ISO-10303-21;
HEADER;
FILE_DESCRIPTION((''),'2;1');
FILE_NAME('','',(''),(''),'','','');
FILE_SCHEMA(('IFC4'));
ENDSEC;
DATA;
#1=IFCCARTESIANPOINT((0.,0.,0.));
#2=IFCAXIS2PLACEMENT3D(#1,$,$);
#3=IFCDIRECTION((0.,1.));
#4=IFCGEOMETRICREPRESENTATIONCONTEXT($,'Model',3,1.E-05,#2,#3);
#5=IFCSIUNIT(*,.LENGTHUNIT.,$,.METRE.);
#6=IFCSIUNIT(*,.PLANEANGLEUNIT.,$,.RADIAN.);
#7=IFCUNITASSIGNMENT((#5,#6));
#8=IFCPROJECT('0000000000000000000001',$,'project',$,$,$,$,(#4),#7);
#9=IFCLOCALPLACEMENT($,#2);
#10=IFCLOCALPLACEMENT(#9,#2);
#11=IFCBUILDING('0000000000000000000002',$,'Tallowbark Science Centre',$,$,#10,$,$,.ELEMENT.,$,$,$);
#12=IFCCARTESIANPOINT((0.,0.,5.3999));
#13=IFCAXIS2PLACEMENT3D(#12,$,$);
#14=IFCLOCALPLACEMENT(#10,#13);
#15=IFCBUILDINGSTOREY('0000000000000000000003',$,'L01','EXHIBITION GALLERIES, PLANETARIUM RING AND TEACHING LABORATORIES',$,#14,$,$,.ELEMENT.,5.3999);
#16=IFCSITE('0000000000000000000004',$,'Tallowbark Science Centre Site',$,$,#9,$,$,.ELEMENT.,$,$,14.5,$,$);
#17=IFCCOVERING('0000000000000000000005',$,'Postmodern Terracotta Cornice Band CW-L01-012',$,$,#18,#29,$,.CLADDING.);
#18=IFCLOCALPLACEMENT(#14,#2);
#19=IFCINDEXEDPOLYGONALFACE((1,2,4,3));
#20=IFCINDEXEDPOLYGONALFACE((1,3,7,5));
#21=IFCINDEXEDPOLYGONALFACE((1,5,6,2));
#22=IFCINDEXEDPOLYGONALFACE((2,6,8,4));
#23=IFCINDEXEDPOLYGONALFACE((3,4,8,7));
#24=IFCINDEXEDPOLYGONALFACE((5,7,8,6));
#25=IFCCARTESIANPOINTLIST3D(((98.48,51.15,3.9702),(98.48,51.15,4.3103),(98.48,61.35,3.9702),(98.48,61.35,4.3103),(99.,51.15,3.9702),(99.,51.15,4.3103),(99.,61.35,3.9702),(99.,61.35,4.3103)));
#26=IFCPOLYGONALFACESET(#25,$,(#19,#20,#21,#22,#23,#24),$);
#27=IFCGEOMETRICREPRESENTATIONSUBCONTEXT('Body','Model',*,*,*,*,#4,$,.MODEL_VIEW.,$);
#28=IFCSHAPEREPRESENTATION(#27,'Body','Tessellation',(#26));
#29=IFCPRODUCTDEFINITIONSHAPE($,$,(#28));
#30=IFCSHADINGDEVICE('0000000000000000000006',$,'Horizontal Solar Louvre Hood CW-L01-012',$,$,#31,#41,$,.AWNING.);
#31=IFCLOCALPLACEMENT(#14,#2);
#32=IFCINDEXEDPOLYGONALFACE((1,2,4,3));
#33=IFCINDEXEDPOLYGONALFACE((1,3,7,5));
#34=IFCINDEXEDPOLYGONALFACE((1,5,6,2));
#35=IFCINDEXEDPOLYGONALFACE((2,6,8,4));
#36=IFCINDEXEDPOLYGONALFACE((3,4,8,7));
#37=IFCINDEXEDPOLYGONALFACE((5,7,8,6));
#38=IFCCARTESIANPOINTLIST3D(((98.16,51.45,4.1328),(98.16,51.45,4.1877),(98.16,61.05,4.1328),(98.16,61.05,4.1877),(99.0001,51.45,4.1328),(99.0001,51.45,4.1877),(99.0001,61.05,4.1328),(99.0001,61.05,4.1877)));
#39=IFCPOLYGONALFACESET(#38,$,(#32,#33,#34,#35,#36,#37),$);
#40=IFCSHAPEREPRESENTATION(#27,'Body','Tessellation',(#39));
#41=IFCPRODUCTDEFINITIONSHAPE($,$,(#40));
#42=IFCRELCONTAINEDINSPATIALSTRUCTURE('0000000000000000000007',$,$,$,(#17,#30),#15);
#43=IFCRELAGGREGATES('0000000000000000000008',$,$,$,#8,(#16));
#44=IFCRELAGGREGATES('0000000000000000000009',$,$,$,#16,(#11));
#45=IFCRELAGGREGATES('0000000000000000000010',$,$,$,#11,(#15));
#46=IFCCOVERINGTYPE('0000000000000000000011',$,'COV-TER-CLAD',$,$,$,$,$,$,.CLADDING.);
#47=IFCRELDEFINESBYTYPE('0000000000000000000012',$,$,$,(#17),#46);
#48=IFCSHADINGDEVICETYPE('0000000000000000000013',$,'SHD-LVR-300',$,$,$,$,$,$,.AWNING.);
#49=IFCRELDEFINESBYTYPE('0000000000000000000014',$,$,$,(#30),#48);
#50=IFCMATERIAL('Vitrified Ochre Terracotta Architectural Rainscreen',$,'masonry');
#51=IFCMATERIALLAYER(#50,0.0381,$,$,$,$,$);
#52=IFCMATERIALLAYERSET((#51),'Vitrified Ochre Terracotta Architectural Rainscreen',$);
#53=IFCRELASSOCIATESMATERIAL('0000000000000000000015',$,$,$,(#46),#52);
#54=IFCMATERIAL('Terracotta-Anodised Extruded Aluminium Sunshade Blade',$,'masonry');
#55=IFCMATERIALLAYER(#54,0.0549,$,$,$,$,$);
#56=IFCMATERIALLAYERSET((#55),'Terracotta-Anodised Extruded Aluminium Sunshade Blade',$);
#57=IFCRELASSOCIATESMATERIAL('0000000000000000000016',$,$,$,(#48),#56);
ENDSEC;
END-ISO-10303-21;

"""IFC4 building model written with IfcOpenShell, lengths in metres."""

from ifc_helpers import new_model, si_unit, direction, frame, origin, origin_2d, place, context, subcontext, project, spatial, rectangle, extrude, material, layer, layer_set, type_object, element, save


model = new_model("IFC4")

# Units and contexts
model_context = context("Model", 3, precision=1e-05, world=origin(), true_north=direction((0.0, 1.0)))
body_context = subcontext(model_context, "Body", "Model", "MODEL_VIEW")
ifc_project = project(units=[si_unit("LENGTHUNIT", "METRE"), si_unit("PLANEANGLEUNIT", "RADIAN")], contexts=[model_context])

# Site, building, storey
site_placement = place(None, origin())
site = spatial("IfcSite", under=ifc_project, at=site_placement, Name="Tallowbark Science Centre Site", CompositionType="ELEMENT", RefElevation=14.5)
building_placement = place(site_placement, origin())
building = spatial("IfcBuilding", under=site, at=building_placement, Name="Tallowbark Science Centre", CompositionType="ELEMENT")
storey_placement = place(building_placement, frame((0.0, 0.0, 5.3999)))
storey = spatial("IfcBuildingStorey", under=building, at=storey_placement, Name="L01", Description="EXHIBITION GALLERIES, PLANETARIUM RING AND TEACHING LABORATORIES", CompositionType="ELEMENT", Elevation=5.3999)

# Covering
ifc_material_1 = material(Name="Vitrified Ochre Terracotta Architectural Rainscreen", Category="masonry")
ifc_layer_1 = layer(ifc_material_1, 0.0381)
ifc_layer_set_1 = layer_set([ifc_layer_1], Name="Vitrified Ochre Terracotta Architectural Rainscreen")
covering_type = type_object("IfcCoveringType", Name="COV-TER-CLAD", PredefinedType="CLADDING", material=ifc_layer_set_1)
covering_placement = place(storey_placement, frame((98.74, 56.25, 3.9702), z_axis=(0.0, 0.0, 1.0), x_axis=(0.0, -1.0, 0.0)))
element("IfcCovering", 1, at=covering_placement, inside=storey, type_object=covering_type, Name="Postmodern Terracotta Cornice Band CW-L01-012", PredefinedType="CLADDING", context=body_context, shape_type="SweptSolid", body=[
    extrude(rectangle(XDim=10.2, YDim=0.52, at=origin_2d()), origin(), (0.0, 0.0, 1.0), 0.3401),
])

# Shading device
ifc_material_2 = material(Name="Terracotta-Anodised Extruded Aluminium Sunshade Blade", Category="masonry")
ifc_layer_2 = layer(ifc_material_2, 0.0549)
ifc_layer_set_2 = layer_set([ifc_layer_2], Name="Terracotta-Anodised Extruded Aluminium Sunshade Blade")
shading_device_type = type_object("IfcShadingDeviceType", Name="SHD-LVR-300", PredefinedType="AWNING", material=ifc_layer_set_2)
shading_device_placement = place(storey_placement, frame((98.5801, 56.25, 4.1328), z_axis=(0.0, 0.0, 1.0), x_axis=(0.0, -1.0, 0.0)))
element("IfcShadingDevice", 2, at=shading_device_placement, inside=storey, type_object=shading_device_type, Name="Horizontal Solar Louvre Hood CW-L01-012", PredefinedType="AWNING", context=body_context, shape_type="SweptSolid", body=[
    extrude(rectangle(XDim=9.6001, YDim=0.8401, at=origin_2d()), origin(), (0.0, 0.0, 1.0), 0.0549),
])

save(model, "model.ifc")
